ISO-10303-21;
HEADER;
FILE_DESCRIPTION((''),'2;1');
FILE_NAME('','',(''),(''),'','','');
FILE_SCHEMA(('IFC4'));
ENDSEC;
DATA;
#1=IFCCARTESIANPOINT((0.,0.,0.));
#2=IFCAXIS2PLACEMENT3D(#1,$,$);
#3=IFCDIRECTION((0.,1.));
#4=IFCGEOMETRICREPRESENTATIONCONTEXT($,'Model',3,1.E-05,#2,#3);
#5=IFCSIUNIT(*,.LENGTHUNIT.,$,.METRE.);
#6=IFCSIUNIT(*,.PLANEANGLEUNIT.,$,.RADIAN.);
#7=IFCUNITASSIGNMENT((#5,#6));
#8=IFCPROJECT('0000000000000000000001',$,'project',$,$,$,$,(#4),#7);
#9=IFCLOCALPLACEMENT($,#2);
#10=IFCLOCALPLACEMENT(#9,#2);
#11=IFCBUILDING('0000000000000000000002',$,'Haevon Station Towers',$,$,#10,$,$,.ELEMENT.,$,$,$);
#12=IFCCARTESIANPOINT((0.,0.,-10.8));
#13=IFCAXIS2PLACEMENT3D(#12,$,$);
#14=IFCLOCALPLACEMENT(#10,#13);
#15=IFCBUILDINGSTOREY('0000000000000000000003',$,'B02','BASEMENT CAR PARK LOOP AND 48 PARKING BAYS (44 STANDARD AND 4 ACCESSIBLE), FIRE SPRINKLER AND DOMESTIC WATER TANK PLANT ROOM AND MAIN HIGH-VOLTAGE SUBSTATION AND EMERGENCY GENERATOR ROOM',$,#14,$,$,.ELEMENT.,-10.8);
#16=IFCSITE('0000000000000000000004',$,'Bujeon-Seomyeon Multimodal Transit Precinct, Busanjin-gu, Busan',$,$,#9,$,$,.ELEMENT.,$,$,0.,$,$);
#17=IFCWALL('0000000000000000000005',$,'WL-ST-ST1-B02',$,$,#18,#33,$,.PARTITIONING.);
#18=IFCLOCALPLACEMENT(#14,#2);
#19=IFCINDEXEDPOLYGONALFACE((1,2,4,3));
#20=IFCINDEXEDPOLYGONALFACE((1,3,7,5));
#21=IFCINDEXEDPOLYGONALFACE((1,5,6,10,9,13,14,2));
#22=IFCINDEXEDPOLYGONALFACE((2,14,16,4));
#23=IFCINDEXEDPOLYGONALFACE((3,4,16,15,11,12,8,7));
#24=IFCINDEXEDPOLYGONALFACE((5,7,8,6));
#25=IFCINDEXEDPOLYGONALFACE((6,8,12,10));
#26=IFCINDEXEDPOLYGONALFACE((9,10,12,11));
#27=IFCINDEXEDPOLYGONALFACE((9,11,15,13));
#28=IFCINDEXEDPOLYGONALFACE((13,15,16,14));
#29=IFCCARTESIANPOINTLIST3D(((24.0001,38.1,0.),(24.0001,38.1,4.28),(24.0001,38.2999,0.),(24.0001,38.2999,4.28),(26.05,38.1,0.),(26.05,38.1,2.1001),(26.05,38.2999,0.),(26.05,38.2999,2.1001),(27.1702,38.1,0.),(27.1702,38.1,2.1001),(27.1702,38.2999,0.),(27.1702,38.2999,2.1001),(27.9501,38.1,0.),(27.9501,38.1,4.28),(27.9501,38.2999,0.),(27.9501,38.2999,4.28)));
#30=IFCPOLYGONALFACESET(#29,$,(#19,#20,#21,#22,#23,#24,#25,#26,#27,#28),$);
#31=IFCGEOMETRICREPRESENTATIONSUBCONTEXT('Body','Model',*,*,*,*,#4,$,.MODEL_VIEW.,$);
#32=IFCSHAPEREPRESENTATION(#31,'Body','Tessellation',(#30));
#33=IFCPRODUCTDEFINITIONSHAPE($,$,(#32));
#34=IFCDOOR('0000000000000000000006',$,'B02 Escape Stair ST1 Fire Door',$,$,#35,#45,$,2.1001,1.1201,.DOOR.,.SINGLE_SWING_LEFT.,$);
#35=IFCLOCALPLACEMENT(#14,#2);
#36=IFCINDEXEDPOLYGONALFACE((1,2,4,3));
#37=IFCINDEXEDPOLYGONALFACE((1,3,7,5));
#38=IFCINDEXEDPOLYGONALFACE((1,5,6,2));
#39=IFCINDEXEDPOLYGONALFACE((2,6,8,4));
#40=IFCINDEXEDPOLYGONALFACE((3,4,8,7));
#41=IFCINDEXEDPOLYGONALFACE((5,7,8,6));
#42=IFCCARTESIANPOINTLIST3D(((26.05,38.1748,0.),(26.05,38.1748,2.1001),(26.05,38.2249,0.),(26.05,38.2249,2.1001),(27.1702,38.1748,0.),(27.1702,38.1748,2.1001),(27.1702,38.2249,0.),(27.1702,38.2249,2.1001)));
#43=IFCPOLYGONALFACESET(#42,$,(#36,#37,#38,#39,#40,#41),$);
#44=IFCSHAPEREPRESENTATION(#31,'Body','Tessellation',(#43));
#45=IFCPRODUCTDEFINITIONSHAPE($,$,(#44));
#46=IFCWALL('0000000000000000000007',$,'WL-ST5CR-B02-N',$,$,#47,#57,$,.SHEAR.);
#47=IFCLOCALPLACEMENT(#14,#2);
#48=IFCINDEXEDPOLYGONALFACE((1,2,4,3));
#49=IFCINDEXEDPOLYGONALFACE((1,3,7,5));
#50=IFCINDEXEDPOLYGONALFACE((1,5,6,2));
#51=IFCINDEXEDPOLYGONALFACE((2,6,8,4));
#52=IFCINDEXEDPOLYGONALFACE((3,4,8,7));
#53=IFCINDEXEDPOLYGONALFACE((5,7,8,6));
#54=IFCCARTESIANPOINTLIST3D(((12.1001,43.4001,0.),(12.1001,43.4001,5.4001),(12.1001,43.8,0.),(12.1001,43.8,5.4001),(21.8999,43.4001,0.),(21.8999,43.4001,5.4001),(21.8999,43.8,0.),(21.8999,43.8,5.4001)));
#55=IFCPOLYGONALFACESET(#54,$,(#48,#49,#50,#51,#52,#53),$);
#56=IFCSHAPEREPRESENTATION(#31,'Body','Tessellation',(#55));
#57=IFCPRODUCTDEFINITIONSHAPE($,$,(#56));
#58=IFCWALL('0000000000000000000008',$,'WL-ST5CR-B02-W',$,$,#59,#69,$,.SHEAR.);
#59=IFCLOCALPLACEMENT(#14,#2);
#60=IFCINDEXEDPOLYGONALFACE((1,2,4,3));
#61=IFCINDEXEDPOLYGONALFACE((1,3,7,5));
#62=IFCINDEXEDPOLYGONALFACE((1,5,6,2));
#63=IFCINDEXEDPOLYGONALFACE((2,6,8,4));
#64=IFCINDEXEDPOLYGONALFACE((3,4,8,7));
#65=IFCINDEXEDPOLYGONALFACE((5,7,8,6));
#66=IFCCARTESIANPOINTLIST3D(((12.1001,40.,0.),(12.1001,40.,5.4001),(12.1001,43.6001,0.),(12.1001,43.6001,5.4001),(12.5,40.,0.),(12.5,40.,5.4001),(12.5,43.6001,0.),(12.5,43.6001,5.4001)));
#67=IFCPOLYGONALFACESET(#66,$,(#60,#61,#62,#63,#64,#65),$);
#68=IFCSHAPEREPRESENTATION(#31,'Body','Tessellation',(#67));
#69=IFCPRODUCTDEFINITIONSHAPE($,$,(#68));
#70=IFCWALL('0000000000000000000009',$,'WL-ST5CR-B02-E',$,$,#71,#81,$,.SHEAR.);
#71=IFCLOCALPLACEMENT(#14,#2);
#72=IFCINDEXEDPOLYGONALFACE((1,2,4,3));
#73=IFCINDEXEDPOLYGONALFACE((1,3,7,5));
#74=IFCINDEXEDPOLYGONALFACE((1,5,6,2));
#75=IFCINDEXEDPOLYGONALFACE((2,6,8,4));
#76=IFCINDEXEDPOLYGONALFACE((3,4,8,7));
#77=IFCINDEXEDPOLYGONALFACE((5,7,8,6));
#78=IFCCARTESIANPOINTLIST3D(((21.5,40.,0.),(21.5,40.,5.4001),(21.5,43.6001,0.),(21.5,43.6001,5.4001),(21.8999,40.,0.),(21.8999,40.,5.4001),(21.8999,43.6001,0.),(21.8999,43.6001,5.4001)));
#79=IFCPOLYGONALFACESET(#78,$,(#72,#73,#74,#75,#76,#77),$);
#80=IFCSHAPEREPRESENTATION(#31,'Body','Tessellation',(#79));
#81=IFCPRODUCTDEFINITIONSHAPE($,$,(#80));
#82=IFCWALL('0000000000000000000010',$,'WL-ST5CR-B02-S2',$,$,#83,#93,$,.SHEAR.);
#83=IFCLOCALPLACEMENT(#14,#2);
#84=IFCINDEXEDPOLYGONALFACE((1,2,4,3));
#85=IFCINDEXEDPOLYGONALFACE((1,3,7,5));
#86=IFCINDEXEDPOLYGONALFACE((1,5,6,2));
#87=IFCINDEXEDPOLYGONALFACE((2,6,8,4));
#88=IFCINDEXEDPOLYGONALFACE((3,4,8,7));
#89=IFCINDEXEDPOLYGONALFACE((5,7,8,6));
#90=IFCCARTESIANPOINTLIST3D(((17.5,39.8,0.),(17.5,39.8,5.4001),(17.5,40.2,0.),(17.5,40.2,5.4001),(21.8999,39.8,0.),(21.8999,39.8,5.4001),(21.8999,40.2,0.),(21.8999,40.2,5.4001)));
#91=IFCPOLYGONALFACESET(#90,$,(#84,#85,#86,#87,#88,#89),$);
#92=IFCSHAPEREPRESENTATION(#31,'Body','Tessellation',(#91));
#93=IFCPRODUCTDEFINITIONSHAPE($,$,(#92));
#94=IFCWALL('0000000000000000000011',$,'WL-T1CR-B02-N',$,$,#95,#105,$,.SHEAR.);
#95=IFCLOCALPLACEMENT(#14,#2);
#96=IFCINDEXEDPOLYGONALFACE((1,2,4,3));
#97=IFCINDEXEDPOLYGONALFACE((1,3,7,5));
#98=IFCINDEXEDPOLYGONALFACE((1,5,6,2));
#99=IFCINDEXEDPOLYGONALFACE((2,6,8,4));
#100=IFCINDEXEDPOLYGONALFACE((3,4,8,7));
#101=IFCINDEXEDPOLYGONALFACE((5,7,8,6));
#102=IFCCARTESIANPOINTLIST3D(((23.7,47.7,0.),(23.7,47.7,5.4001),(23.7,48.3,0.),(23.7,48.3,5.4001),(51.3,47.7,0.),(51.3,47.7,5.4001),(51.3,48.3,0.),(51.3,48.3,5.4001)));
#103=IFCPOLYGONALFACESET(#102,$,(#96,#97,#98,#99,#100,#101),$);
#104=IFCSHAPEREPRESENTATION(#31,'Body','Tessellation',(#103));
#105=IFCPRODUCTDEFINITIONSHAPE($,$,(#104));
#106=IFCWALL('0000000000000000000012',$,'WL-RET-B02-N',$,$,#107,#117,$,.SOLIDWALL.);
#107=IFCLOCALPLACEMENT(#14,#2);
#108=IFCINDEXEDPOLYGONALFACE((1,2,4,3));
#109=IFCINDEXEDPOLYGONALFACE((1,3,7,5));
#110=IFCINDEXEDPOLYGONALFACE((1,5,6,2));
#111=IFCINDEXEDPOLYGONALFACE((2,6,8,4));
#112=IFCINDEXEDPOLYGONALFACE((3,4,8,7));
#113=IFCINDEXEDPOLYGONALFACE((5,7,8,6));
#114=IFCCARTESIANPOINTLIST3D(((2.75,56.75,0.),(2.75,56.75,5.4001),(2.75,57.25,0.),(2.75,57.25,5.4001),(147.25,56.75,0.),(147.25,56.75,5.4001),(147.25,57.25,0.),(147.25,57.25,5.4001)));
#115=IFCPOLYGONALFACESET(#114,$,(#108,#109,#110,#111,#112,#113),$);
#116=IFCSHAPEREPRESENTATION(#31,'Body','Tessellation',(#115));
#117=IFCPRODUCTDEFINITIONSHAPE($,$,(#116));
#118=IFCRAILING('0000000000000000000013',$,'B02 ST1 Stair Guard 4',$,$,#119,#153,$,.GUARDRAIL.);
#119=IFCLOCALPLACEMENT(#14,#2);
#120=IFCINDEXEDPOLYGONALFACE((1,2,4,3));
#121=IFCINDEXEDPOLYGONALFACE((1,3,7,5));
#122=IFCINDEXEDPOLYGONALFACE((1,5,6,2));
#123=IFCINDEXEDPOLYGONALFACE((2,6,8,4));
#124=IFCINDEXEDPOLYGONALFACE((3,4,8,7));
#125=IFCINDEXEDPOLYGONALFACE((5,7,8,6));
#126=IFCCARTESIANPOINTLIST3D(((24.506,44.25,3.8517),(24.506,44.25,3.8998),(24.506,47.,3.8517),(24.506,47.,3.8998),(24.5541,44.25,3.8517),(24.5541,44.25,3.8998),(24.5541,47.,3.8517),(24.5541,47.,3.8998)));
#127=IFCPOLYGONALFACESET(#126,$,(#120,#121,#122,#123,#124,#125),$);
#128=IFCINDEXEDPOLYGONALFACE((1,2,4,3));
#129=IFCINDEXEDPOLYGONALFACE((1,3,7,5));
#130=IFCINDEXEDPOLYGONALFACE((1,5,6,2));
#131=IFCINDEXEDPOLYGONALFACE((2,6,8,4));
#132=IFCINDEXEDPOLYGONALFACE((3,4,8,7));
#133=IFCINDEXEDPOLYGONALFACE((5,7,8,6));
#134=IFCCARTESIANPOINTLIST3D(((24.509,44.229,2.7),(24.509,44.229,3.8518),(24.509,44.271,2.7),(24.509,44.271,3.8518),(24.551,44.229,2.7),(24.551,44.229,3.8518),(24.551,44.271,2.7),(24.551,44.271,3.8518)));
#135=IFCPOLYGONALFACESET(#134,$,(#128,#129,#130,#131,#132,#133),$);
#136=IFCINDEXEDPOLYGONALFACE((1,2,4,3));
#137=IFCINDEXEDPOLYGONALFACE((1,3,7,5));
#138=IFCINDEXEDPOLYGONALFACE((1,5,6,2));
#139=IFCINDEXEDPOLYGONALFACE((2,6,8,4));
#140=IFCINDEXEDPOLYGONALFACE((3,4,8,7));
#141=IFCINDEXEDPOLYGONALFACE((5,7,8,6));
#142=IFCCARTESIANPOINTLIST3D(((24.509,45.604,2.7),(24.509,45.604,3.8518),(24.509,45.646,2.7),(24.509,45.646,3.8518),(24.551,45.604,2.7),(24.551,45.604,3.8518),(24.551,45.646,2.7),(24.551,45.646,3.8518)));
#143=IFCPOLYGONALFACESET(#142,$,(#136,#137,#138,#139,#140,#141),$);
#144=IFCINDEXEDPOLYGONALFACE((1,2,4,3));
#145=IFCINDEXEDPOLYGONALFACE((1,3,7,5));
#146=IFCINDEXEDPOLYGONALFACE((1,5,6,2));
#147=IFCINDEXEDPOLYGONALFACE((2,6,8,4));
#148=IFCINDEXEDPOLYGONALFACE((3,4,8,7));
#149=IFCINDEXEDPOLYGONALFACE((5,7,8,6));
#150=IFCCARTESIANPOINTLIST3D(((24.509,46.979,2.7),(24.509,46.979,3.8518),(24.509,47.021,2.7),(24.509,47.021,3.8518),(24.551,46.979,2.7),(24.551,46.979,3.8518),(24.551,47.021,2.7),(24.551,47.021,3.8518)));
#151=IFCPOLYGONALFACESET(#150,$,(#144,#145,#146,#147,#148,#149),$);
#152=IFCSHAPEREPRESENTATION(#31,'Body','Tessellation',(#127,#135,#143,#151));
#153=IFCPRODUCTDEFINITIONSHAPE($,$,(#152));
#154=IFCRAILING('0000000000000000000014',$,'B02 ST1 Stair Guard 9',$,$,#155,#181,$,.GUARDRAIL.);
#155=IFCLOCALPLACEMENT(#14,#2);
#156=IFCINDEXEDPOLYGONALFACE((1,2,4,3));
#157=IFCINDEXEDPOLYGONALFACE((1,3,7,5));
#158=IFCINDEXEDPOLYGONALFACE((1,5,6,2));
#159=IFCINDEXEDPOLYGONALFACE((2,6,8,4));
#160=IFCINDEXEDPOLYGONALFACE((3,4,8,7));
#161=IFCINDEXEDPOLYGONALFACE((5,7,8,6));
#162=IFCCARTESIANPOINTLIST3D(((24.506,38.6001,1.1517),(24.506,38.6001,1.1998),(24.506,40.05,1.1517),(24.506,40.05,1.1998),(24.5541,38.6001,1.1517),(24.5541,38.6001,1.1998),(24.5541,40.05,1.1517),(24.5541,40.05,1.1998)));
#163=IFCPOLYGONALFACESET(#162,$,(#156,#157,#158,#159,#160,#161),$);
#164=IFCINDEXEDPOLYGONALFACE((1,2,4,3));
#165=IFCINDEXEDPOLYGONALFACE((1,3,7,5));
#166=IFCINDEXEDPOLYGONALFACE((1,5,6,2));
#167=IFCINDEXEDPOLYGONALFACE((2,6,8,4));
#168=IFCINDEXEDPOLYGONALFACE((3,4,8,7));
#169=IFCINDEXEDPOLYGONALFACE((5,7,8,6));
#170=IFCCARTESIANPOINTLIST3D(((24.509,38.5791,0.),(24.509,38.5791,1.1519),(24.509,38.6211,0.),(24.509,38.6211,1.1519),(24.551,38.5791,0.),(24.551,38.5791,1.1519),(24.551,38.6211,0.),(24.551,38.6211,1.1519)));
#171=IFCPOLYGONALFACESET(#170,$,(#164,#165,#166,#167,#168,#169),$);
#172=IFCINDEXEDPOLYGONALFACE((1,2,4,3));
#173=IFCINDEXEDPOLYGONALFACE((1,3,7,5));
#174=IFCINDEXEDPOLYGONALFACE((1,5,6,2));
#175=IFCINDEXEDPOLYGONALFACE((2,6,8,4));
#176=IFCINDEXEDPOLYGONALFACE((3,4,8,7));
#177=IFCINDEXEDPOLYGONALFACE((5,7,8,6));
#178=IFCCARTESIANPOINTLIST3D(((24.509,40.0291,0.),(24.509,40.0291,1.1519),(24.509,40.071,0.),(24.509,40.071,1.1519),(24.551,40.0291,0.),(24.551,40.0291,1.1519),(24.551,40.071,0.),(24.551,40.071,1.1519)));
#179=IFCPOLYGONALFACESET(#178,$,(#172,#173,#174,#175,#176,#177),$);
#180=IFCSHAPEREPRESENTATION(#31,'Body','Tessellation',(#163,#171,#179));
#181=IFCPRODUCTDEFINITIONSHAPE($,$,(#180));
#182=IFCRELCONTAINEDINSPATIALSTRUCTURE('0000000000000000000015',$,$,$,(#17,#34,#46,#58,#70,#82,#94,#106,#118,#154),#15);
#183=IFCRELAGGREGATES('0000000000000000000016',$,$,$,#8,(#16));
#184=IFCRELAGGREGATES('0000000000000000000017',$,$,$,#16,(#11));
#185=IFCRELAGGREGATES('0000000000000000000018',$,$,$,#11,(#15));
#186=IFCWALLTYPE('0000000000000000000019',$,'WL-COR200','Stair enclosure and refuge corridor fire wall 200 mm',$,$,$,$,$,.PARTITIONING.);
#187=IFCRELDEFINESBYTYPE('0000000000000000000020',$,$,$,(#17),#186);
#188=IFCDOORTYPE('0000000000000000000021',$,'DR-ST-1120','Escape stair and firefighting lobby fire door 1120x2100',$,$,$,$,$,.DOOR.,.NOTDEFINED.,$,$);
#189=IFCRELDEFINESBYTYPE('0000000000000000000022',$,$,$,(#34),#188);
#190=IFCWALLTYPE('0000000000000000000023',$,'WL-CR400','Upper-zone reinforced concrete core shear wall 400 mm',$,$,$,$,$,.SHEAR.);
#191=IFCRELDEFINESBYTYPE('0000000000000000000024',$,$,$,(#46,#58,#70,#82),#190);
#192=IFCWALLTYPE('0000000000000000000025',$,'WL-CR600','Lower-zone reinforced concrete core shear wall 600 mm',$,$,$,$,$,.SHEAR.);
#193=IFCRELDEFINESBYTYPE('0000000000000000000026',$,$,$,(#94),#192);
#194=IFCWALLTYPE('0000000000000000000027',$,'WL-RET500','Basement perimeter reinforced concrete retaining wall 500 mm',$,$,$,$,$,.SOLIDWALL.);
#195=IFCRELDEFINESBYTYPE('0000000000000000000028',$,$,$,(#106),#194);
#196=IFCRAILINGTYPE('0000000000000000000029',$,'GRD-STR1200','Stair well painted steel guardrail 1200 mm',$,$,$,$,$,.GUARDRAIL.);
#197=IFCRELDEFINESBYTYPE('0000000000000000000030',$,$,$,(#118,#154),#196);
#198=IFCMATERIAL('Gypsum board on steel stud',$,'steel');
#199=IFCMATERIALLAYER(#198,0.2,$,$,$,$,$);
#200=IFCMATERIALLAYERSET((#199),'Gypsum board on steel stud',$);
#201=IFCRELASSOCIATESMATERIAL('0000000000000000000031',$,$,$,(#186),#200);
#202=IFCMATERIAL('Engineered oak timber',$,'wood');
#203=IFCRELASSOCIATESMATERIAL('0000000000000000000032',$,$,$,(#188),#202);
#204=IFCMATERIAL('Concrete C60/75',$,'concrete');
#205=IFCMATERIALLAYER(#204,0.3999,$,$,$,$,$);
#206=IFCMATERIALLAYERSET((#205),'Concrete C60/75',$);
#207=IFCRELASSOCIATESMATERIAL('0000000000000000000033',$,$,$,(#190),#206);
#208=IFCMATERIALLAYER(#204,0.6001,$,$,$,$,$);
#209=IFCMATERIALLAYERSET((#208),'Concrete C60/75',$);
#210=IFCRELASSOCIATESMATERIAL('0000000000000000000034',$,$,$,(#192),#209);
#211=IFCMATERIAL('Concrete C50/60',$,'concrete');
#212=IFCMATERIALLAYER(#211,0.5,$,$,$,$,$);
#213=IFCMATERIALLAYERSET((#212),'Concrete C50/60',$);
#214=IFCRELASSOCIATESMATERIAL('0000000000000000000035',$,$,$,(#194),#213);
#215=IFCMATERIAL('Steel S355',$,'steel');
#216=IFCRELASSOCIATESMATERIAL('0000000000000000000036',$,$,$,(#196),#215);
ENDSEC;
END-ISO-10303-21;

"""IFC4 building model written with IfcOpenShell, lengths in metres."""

from ifc_helpers import new_model, si_unit, direction, frame, frame_2d, origin, origin_2d, place, context, subcontext, project, spatial, rectangle, extrude, material, layer, layer_set, type_object, element, fill, save


model = new_model("IFC4")

# Units and contexts
model_context = context("Model", 3, precision=1e-05, world=origin(), true_north=direction((0.0, 1.0)))
body_context = subcontext(model_context, "Body", "Model", "MODEL_VIEW")
ifc_project = project(units=[si_unit("LENGTHUNIT", "METRE"), si_unit("PLANEANGLEUNIT", "RADIAN")], contexts=[model_context])

# Site, building, storey
site_placement = place(None, origin())
site = spatial("IfcSite", under=ifc_project, at=site_placement, Name="Bujeon-Seomyeon Multimodal Transit Precinct, Busanjin-gu, Busan", CompositionType="ELEMENT", RefElevation=0.0)
building_placement = place(site_placement, origin())
building = spatial("IfcBuilding", under=site, at=building_placement, Name="Haevon Station Towers", CompositionType="ELEMENT")
storey_placement = place(building_placement, frame((0.0, 0.0, -10.8)))
storey = spatial("IfcBuildingStorey", under=building, at=storey_placement, Name="B02", Description="BASEMENT CAR PARK LOOP AND 48 PARKING BAYS (44 STANDARD AND 4 ACCESSIBLE), FIRE SPRINKLER AND DOMESTIC WATER TANK PLANT ROOM AND MAIN HIGH-VOLTAGE SUBSTATION AND EMERGENCY GENERATOR ROOM", CompositionType="ELEMENT", Elevation=-10.8)

# Shared definitions
ifc_material_1 = material(Name="Concrete C50/60", Category="concrete")

# Shared definitions
ifc_material_2 = material(Name="Steel S355", Category="steel")

# Wall, opening, door
ifc_material_3 = material(Name="Gypsum board on steel stud", Category="steel")
ifc_layer_1 = layer(ifc_material_3, 0.2)
ifc_layer_set_1 = layer_set([ifc_layer_1], Name="Gypsum board on steel stud")
wall_type_1 = type_object("IfcWallType", Name="WL-COR200", Description="Stair enclosure and refuge corridor fire wall 200 mm", PredefinedType="PARTITIONING", material=ifc_layer_set_1)
wall_1_placement = place(storey_placement, frame((24.0, 38.2, 0.0), z_axis=(0.0, 0.0, 1.0), x_axis=(1.0, 0.0, 0.0)))
wall_1 = element("IfcWall", 1, at=wall_1_placement, inside=storey, type_object=wall_type_1, Name="WL-ST-ST1-B02", PredefinedType="PARTITIONING", context=body_context, shape_type="SweptSolid", body=[
    extrude(rectangle(XDim=3.95, YDim=0.2, at=frame_2d((1.9751, 0.0))), origin(), (0.0, 0.0, 1.0), 4.28),
])
opening_placement = place(wall_1_placement, frame((2.05, 0.0, 0.0)))
opening = element("IfcOpeningElement", 2, at=opening_placement, cuts=wall_1, PredefinedType="OPENING", context=body_context, shape_type="SweptSolid", body=[
    extrude(rectangle(XDim=1.1201, YDim=2.1001, at=frame_2d((0.5601, 1.05))), frame((0.0, 0.1099, 0.0), z_axis=(0.0, -1.0, 0.0), x_axis=(1.0, 0.0, 0.0)), (0.0, 0.0, 1.0), 0.22),
])
ifc_material_4 = material(Name="Engineered oak timber", Category="wood")
door_type = type_object("IfcDoorType", Name="DR-ST-1120", Description="Escape stair and firefighting lobby fire door 1120x2100", OperationType="NOTDEFINED", PredefinedType="DOOR", material=ifc_material_4)
door_placement = place(opening_placement, origin())
door = element("IfcDoor", 3, at=door_placement, inside=storey, type_object=door_type, Name="B02 Escape Stair ST1 Fire Door", OperationType="SINGLE_SWING_LEFT", OverallHeight=2.1001, OverallWidth=1.1201, PredefinedType="DOOR", context=body_context, shape_type="SweptSolid", body=[
    extrude(rectangle(XDim=1.1201, YDim=2.1001, at=frame_2d((0.5601, 1.05))), frame((0.0, 0.0249, 0.0), z_axis=(0.0, -1.0, 0.0), x_axis=(1.0, 0.0, 0.0)), (0.0, 0.0, 1.0), 0.05),
])
fill(opening, door)

# Walls
ifc_material_5 = material(Name="Concrete C60/75", Category="concrete")
ifc_layer_2 = layer(ifc_material_5, 0.3999)
ifc_layer_set_2 = layer_set([ifc_layer_2], Name="Concrete C60/75")
wall_type_2 = type_object("IfcWallType", Name="WL-CR400", Description="Upper-zone reinforced concrete core shear wall 400 mm", PredefinedType="SHEAR", material=ifc_layer_set_2)
wall_2_placement = place(storey_placement, frame((12.1001, 43.6001, 0.0), z_axis=(0.0, 0.0, 1.0), x_axis=(1.0, 0.0, 0.0)))
element("IfcWall", 4, at=wall_2_placement, inside=storey, type_object=wall_type_2, Name="WL-ST5CR-B02-N", PredefinedType="SHEAR", context=body_context, shape_type="SweptSolid", body=[
    extrude(rectangle(XDim=9.7998, YDim=0.3999, at=frame_2d((4.8999, 0.0))), origin(), (0.0, 0.0, 1.0), 5.4001),
])
for number, where, z_axis, x_axis, name in (
    (5, (12.3, 40.0, 0.0), (0.0, 0.0, 1.0), (0.0, 1.0, 0.0), "WL-ST5CR-B02-W"),
    (6, (21.7, 40.0, 0.0), (0.0, 0.0, 1.0), (0.0, 1.0, 0.0), "WL-ST5CR-B02-E"),
):
    element("IfcWall", number, at=place(storey_placement, frame(where, z_axis=z_axis, x_axis=x_axis)), inside=storey, type_object=wall_type_2, Name=name, PredefinedType="SHEAR", context=body_context, shape_type="SweptSolid", body=[
        extrude(rectangle(XDim=3.6001, YDim=0.3999, at=frame_2d((1.8, 0.0))), origin(), (0.0, 0.0, 1.0), 5.4001),
    ])
wall_3_placement = place(storey_placement, frame((17.5, 40.0, 0.0), z_axis=(0.0, 0.0, 1.0), x_axis=(1.0, 0.0, 0.0)))
element("IfcWall", 7, at=wall_3_placement, inside=storey, type_object=wall_type_2, Name="WL-ST5CR-B02-S2", PredefinedType="SHEAR", context=body_context, shape_type="SweptSolid", body=[
    extrude(rectangle(XDim=4.3999, YDim=0.3999, at=frame_2d((2.2, 0.0))), origin(), (0.0, 0.0, 1.0), 5.4001),
])
ifc_layer_3 = layer(ifc_material_5, 0.6001)
ifc_layer_set_3 = layer_set([ifc_layer_3], Name="Concrete C60/75")
wall_type_3 = type_object("IfcWallType", Name="WL-CR600", Description="Lower-zone reinforced concrete core shear wall 600 mm", PredefinedType="SHEAR", material=ifc_layer_set_3)
wall_4_placement = place(storey_placement, frame((23.7, 48.0, 0.0), z_axis=(0.0, 0.0, 1.0), x_axis=(1.0, 0.0, 0.0)))
element("IfcWall", 8, at=wall_4_placement, inside=storey, type_object=wall_type_3, Name="WL-T1CR-B02-N", PredefinedType="SHEAR", context=body_context, shape_type="SweptSolid", body=[
    extrude(rectangle(XDim=27.6001, YDim=0.6001, at=frame_2d((13.8, 0.0))), origin(), (0.0, 0.0, 1.0), 5.4001),
])
ifc_layer_4 = layer(ifc_material_1, 0.5)
ifc_layer_set_4 = layer_set([ifc_layer_4], Name="Concrete C50/60")
wall_type_4 = type_object("IfcWallType", Name="WL-RET500", Description="Basement perimeter reinforced concrete retaining wall 500 mm", PredefinedType="SOLIDWALL", material=ifc_layer_set_4)
wall_5_placement = place(storey_placement, frame((2.75, 57.0, 0.0), z_axis=(0.0, 0.0, 1.0), x_axis=(1.0, 0.0, 0.0)))
element("IfcWall", 9, at=wall_5_placement, inside=storey, type_object=wall_type_4, Name="WL-RET-B02-N", PredefinedType="SOLIDWALL", context=body_context, shape_type="SweptSolid", body=[
    extrude(rectangle(XDim=144.5, YDim=0.5, at=frame_2d((72.25, 0.0))), origin(), (0.0, 0.0, 1.0), 5.4001),
])

# Railings
railing_type_1 = type_object("IfcRailingType", Name="GRD-STR1200", Description="Stair well painted steel guardrail 1200 mm", PredefinedType="GUARDRAIL", material=ifc_material_2)
railing_1_placement = place(storey_placement, frame((24.53, 44.25, 2.7)))
element("IfcRailing", 10, at=railing_1_placement, inside=storey, type_object=railing_type_1, Name="B02 ST1 Stair Guard 4", PredefinedType="GUARDRAIL", context=body_context, shape_type="SweptSolid", body=[
    extrude(rectangle(XDim=0.0481, YDim=0.0481, at=origin_2d()), frame((0.0, 0.0, 1.1758), z_axis=(0.0, 1.0, 0.0), x_axis=(-1.0, 0.0, 0.0)), (0.0, 0.0, 1.0), 2.75),
    extrude(rectangle(XDim=0.042, YDim=0.042, at=origin_2d()), origin(), (0.0, 0.0, 1.0), 1.1519),
    extrude(rectangle(XDim=0.042, YDim=0.042, at=origin_2d()), frame((0.0, 1.375, 0.0)), (0.0, 0.0, 1.0), 1.1519),
    extrude(rectangle(XDim=0.042, YDim=0.042, at=origin_2d()), frame((0.0, 2.75, 0.0)), (0.0, 0.0, 1.0), 1.1519),
])
railing_2_placement = place(storey_placement, frame((24.53, 38.6001, 0.0)))
element("IfcRailing", 11, at=railing_2_placement, inside=storey, type_object=railing_type_1, Name="B02 ST1 Stair Guard 9", PredefinedType="GUARDRAIL", context=body_context, shape_type="SweptSolid", body=[
    extrude(rectangle(XDim=0.0481, YDim=0.0481, at=origin_2d()), frame((0.0, 0.0, 1.1758), z_axis=(0.0, 1.0, 0.0), x_axis=(-1.0, 0.0, 0.0)), (0.0, 0.0, 1.0), 1.45),
    extrude(rectangle(XDim=0.042, YDim=0.042, at=origin_2d()), origin(), (0.0, 0.0, 1.0), 1.1519),
    extrude(rectangle(XDim=0.042, YDim=0.042, at=origin_2d()), frame((0.0, 1.45, 0.0)), (0.0, 0.0, 1.0), 1.1519),
])

save(model, "model.ifc")
